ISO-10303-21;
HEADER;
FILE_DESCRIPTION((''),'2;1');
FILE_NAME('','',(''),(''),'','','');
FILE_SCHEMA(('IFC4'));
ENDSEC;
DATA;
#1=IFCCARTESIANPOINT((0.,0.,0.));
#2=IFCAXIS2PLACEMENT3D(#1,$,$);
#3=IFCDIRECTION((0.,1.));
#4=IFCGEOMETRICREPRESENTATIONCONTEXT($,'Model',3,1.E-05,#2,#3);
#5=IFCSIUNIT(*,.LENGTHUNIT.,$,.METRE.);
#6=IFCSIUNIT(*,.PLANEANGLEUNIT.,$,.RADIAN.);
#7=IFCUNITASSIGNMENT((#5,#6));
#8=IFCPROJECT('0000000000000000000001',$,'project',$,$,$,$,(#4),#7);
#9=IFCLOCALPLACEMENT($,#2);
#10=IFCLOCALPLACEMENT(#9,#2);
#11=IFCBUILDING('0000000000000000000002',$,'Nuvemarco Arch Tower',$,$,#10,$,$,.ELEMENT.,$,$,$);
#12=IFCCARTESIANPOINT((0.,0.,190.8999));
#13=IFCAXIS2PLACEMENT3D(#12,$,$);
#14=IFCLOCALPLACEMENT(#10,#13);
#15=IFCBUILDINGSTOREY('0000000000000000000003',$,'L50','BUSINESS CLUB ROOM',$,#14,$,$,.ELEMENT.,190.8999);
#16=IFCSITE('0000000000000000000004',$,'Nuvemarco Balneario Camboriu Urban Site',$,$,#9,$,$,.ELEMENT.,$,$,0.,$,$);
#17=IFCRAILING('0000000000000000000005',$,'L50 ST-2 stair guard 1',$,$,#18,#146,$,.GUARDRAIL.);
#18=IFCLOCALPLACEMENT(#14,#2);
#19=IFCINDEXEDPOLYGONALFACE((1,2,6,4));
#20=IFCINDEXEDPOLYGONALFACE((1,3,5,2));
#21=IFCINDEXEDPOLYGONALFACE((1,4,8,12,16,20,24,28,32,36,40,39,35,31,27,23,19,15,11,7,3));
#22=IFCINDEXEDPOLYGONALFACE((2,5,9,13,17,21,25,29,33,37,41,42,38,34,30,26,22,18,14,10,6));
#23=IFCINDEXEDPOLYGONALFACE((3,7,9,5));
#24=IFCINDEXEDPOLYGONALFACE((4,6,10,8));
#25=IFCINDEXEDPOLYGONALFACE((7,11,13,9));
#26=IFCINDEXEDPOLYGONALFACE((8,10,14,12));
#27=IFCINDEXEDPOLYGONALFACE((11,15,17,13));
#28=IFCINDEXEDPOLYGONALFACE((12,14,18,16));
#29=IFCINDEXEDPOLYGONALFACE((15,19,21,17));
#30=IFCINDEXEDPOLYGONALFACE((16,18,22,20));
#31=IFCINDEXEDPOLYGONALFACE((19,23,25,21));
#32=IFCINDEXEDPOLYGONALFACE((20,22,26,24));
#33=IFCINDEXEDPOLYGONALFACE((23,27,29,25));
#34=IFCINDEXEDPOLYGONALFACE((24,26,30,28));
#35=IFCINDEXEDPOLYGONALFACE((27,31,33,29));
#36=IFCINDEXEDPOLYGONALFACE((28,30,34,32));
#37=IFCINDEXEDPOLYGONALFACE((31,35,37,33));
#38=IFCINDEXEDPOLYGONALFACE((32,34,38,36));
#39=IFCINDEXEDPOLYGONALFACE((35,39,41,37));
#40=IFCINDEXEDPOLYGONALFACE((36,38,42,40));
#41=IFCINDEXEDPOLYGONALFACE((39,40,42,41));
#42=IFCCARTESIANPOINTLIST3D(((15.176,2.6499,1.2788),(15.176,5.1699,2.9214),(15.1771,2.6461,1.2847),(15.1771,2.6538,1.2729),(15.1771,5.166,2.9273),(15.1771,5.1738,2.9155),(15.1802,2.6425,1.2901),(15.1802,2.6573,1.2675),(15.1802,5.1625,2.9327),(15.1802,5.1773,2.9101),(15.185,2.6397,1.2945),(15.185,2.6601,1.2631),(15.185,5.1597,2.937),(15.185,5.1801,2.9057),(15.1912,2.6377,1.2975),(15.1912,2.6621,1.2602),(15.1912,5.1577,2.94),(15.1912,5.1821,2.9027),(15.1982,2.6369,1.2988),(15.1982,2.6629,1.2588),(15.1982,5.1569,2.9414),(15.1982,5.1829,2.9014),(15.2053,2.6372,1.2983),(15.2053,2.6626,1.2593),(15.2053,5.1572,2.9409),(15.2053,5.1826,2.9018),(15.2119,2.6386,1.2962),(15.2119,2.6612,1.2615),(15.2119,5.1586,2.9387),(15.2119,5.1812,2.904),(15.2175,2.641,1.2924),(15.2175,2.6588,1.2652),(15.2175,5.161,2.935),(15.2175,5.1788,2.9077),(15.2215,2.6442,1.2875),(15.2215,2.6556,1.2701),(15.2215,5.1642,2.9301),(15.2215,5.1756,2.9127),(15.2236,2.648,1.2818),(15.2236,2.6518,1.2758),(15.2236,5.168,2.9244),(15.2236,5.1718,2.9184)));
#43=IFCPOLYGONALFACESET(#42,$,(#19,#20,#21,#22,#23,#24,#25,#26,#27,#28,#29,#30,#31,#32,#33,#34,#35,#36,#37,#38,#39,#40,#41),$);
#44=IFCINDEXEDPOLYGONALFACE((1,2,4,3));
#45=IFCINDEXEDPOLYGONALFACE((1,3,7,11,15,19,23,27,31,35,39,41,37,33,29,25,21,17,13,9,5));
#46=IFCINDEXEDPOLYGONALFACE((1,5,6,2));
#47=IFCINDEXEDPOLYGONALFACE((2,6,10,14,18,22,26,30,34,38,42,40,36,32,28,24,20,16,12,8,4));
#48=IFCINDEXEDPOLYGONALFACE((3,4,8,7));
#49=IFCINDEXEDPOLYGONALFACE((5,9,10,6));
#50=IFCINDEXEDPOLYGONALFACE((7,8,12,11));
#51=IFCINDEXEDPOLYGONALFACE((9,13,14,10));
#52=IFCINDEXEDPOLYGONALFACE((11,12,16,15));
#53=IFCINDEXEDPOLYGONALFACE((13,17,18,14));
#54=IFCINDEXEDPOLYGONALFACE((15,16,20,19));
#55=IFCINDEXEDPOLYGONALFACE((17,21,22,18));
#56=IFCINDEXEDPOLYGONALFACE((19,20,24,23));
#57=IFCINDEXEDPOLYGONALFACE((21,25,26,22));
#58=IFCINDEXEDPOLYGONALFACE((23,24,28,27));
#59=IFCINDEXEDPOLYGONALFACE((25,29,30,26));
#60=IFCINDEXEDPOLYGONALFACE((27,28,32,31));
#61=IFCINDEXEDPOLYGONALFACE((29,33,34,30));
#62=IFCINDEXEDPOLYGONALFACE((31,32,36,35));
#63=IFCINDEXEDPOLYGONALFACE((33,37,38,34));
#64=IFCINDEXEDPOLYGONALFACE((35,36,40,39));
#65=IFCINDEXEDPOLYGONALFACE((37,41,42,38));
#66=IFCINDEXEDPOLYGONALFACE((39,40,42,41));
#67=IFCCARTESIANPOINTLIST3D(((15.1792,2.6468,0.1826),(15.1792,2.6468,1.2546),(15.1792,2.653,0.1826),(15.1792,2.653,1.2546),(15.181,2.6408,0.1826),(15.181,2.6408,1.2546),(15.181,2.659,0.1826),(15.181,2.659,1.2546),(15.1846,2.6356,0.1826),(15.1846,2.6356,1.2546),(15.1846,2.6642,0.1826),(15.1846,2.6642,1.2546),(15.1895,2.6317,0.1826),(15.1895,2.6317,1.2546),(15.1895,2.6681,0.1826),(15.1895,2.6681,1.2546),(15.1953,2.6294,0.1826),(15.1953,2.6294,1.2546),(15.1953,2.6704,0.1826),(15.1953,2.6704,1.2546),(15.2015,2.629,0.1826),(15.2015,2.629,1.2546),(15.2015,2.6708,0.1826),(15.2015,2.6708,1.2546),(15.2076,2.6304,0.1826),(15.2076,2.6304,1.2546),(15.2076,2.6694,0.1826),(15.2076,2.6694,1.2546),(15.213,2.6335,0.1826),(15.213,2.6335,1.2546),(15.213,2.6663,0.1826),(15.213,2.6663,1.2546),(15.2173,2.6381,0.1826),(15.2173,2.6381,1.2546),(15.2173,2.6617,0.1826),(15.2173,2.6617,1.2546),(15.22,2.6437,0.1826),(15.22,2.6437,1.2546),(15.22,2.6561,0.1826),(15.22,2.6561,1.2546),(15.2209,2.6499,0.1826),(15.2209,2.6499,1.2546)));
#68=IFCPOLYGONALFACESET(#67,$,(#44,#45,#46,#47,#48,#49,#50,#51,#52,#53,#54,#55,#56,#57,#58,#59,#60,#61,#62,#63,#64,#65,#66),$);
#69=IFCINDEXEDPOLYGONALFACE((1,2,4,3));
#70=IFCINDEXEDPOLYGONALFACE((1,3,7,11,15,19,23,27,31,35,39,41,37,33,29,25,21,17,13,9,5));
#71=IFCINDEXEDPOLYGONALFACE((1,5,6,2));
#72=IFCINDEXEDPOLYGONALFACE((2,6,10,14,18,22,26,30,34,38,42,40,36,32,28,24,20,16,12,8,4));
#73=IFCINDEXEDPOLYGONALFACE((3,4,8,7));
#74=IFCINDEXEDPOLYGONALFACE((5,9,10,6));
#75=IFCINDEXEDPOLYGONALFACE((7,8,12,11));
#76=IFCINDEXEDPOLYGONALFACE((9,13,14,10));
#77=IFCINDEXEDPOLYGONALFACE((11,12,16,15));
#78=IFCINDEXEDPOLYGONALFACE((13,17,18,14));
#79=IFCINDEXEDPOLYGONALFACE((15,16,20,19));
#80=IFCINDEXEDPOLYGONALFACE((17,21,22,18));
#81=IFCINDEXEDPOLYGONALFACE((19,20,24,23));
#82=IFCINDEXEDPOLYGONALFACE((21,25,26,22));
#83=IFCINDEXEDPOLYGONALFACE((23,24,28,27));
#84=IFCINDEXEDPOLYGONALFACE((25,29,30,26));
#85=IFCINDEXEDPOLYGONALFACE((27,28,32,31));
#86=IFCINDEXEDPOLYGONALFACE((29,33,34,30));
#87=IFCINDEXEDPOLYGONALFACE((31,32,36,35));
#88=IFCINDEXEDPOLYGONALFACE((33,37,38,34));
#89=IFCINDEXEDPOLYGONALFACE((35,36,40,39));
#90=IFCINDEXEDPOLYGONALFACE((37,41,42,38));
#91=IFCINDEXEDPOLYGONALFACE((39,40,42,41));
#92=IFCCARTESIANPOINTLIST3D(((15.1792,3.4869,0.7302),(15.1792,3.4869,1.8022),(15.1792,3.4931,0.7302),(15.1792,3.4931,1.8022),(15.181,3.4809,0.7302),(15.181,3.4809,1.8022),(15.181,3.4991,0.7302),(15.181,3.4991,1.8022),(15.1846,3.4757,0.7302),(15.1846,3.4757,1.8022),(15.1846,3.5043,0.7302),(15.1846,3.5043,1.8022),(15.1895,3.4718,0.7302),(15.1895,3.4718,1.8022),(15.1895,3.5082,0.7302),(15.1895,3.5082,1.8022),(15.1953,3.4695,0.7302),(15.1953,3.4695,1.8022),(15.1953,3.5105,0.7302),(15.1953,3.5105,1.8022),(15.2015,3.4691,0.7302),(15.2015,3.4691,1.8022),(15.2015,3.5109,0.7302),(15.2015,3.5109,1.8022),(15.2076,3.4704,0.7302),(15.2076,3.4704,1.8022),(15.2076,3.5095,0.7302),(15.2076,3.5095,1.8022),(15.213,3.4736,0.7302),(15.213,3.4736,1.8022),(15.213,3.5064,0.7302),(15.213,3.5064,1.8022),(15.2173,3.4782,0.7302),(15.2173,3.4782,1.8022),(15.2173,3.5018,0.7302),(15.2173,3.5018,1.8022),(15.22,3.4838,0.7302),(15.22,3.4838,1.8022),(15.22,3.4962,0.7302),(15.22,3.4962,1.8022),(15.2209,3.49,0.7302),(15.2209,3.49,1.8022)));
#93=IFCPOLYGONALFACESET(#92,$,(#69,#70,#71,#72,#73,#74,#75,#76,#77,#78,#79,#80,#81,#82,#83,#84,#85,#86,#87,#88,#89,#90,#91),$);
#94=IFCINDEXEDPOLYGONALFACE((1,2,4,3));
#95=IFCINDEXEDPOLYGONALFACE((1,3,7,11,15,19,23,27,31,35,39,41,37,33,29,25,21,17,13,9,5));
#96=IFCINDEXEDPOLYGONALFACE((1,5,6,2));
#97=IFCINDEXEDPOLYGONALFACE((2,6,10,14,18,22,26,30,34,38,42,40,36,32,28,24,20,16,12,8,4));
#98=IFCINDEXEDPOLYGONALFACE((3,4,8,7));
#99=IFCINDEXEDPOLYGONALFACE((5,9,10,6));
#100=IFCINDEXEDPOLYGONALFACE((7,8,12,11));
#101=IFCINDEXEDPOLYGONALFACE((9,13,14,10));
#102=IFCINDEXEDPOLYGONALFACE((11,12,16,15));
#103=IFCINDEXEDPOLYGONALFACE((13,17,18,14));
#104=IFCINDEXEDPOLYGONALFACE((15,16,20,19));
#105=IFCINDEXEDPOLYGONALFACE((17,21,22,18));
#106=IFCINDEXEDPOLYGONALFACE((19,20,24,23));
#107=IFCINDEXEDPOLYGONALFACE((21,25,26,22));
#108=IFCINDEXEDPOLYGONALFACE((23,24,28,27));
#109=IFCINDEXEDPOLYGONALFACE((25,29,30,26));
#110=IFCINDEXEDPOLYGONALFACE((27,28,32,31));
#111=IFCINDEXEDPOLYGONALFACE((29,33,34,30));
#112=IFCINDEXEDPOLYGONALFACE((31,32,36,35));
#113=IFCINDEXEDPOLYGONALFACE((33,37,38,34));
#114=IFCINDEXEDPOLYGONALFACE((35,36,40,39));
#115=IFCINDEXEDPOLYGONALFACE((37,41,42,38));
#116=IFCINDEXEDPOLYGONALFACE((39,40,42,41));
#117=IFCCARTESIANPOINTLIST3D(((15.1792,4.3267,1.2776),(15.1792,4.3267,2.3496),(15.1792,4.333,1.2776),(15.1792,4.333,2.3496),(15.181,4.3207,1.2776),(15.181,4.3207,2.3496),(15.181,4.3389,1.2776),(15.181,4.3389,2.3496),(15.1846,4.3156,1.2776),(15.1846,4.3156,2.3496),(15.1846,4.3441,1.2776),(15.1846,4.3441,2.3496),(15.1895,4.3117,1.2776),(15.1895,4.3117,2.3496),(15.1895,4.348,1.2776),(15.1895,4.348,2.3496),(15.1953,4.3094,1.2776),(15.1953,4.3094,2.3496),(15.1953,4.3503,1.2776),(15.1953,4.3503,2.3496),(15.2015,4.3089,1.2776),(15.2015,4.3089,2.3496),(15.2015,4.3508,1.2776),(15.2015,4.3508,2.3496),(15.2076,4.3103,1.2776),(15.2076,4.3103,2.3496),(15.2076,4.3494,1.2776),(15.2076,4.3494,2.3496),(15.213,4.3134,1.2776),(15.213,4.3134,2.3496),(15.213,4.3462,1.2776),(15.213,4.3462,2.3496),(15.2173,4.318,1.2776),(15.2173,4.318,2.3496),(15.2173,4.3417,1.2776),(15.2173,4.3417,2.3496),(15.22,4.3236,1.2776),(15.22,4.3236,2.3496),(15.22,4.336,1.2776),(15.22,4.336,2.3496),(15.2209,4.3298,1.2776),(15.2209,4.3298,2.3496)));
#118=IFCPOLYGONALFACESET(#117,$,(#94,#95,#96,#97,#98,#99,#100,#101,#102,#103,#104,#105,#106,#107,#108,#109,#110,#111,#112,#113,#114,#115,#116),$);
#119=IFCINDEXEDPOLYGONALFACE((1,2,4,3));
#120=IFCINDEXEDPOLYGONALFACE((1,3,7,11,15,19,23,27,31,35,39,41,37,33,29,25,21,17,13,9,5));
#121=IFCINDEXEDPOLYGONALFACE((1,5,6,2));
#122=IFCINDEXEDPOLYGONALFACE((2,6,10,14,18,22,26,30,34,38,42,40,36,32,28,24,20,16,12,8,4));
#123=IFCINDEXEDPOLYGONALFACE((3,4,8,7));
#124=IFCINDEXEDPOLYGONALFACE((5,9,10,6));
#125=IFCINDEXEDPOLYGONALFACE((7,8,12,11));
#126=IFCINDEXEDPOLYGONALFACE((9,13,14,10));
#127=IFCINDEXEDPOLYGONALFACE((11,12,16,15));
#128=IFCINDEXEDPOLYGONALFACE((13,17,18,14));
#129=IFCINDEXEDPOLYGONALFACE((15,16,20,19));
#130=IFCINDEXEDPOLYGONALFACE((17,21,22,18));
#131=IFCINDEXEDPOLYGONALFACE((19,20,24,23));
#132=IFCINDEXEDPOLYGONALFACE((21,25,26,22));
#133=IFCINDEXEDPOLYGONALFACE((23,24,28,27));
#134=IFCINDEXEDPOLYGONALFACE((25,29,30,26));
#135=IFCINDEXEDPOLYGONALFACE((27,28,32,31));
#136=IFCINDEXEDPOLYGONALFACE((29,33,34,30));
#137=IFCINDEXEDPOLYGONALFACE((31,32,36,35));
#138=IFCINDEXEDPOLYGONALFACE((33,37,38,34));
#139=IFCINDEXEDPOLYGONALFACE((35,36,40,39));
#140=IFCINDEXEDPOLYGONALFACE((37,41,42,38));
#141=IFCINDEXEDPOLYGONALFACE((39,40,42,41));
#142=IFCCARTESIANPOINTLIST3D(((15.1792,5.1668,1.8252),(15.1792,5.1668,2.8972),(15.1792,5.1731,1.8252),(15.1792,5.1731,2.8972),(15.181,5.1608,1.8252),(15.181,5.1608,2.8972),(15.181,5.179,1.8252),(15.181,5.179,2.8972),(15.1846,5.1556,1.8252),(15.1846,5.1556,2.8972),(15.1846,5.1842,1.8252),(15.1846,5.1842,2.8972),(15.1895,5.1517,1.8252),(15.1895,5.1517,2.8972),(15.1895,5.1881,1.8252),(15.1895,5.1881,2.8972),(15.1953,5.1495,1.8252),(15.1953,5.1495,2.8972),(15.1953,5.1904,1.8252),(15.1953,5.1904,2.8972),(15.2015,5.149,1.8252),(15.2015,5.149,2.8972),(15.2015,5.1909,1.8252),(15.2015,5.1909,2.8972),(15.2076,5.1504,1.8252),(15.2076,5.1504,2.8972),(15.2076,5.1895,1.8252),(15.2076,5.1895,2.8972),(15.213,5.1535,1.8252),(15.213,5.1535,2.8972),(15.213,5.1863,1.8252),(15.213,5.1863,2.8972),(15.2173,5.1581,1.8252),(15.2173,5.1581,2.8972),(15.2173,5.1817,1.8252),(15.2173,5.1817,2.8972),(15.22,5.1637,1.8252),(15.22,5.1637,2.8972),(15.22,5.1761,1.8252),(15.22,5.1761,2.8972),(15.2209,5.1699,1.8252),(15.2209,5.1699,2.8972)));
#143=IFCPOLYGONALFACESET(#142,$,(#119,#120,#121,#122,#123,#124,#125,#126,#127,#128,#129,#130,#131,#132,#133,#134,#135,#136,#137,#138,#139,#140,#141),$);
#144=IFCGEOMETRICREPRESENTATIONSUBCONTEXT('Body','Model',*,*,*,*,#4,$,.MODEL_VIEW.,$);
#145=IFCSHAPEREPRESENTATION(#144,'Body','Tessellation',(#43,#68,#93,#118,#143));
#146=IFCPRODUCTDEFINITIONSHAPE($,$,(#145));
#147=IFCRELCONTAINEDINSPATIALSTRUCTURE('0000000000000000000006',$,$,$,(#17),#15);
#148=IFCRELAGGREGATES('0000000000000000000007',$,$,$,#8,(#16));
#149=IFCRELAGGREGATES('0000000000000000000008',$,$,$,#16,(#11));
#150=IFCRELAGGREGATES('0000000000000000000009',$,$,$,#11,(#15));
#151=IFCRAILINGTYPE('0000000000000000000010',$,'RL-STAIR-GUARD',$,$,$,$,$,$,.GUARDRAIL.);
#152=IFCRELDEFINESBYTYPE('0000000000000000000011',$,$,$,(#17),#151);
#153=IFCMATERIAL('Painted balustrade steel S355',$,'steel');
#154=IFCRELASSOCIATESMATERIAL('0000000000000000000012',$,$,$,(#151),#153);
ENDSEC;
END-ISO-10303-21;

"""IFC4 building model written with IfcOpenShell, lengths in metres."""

from ifc_helpers import new_model, si_unit, direction, frame, origin, origin_2d, place, context, subcontext, project, spatial, circle, extrude, material, type_object, element, save


model = new_model("IFC4")

# Units and contexts
model_context = context("Model", 3, precision=1e-05, world=origin(), true_north=direction((0.0, 1.0)))
body_context = subcontext(model_context, "Body", "Model", "MODEL_VIEW")
ifc_project = project(units=[si_unit("LENGTHUNIT", "METRE"), si_unit("PLANEANGLEUNIT", "RADIAN")], contexts=[model_context])

# Site, building, storey
site_placement = place(None, origin())
site = spatial("IfcSite", under=ifc_project, at=site_placement, Name="Nuvemarco Balneario Camboriu Urban Site", CompositionType="ELEMENT", RefElevation=0.0)
building_placement = place(site_placement, origin())
building = spatial("IfcBuilding", under=site, at=building_placement, Name="Nuvemarco Arch Tower", CompositionType="ELEMENT")
storey_placement = place(building_placement, frame((0.0, 0.0, 190.8999)))
storey = spatial("IfcBuildingStorey", under=building, at=storey_placement, Name="L50", Description="BUSINESS CLUB ROOM", CompositionType="ELEMENT", Elevation=190.8999)

# Railing
ifc_material_1 = material(Name="Painted balustrade steel S355", Category="steel")
railing_type_1 = type_object("IfcRailingType", Name="RL-STAIR-GUARD", PredefinedType="GUARDRAIL", material=ifc_material_1)
railing_1_placement = place(storey_placement, frame((15.2, 2.6499, 0.1826)))
element("IfcRailing", 1, at=railing_1_placement, inside=storey, type_object=railing_type_1, Name="L50 ST-2 stair guard 1", PredefinedType="GUARDRAIL", context=body_context, shape_type="SweptSolid", body=[
    extrude(circle(Radius=0.0239, at=origin_2d()), frame((0.0, 0.0, 1.0962), z_axis=(0.0, 0.837749, 0.546055), x_axis=(-1.0, 0.0, 0.0)), (0.0, 0.0, 1.0), 3.0081),
    extrude(circle(Radius=0.021, at=origin_2d()), origin(), (0.0, 0.0, 1.0), 1.072),
    extrude(circle(Radius=0.021, at=origin_2d()), frame((0.0, 0.8401, 0.5476)), (0.0, 0.0, 1.0), 1.072),
    extrude(circle(Radius=0.021, at=origin_2d()), frame((0.0, 1.6799, 1.095)), (0.0, 0.0, 1.0), 1.072),
    extrude(circle(Radius=0.021, at=origin_2d()), frame((0.0, 2.52, 1.6426)), (0.0, 0.0, 1.0), 1.072),
])

save(model, "model.ifc")
